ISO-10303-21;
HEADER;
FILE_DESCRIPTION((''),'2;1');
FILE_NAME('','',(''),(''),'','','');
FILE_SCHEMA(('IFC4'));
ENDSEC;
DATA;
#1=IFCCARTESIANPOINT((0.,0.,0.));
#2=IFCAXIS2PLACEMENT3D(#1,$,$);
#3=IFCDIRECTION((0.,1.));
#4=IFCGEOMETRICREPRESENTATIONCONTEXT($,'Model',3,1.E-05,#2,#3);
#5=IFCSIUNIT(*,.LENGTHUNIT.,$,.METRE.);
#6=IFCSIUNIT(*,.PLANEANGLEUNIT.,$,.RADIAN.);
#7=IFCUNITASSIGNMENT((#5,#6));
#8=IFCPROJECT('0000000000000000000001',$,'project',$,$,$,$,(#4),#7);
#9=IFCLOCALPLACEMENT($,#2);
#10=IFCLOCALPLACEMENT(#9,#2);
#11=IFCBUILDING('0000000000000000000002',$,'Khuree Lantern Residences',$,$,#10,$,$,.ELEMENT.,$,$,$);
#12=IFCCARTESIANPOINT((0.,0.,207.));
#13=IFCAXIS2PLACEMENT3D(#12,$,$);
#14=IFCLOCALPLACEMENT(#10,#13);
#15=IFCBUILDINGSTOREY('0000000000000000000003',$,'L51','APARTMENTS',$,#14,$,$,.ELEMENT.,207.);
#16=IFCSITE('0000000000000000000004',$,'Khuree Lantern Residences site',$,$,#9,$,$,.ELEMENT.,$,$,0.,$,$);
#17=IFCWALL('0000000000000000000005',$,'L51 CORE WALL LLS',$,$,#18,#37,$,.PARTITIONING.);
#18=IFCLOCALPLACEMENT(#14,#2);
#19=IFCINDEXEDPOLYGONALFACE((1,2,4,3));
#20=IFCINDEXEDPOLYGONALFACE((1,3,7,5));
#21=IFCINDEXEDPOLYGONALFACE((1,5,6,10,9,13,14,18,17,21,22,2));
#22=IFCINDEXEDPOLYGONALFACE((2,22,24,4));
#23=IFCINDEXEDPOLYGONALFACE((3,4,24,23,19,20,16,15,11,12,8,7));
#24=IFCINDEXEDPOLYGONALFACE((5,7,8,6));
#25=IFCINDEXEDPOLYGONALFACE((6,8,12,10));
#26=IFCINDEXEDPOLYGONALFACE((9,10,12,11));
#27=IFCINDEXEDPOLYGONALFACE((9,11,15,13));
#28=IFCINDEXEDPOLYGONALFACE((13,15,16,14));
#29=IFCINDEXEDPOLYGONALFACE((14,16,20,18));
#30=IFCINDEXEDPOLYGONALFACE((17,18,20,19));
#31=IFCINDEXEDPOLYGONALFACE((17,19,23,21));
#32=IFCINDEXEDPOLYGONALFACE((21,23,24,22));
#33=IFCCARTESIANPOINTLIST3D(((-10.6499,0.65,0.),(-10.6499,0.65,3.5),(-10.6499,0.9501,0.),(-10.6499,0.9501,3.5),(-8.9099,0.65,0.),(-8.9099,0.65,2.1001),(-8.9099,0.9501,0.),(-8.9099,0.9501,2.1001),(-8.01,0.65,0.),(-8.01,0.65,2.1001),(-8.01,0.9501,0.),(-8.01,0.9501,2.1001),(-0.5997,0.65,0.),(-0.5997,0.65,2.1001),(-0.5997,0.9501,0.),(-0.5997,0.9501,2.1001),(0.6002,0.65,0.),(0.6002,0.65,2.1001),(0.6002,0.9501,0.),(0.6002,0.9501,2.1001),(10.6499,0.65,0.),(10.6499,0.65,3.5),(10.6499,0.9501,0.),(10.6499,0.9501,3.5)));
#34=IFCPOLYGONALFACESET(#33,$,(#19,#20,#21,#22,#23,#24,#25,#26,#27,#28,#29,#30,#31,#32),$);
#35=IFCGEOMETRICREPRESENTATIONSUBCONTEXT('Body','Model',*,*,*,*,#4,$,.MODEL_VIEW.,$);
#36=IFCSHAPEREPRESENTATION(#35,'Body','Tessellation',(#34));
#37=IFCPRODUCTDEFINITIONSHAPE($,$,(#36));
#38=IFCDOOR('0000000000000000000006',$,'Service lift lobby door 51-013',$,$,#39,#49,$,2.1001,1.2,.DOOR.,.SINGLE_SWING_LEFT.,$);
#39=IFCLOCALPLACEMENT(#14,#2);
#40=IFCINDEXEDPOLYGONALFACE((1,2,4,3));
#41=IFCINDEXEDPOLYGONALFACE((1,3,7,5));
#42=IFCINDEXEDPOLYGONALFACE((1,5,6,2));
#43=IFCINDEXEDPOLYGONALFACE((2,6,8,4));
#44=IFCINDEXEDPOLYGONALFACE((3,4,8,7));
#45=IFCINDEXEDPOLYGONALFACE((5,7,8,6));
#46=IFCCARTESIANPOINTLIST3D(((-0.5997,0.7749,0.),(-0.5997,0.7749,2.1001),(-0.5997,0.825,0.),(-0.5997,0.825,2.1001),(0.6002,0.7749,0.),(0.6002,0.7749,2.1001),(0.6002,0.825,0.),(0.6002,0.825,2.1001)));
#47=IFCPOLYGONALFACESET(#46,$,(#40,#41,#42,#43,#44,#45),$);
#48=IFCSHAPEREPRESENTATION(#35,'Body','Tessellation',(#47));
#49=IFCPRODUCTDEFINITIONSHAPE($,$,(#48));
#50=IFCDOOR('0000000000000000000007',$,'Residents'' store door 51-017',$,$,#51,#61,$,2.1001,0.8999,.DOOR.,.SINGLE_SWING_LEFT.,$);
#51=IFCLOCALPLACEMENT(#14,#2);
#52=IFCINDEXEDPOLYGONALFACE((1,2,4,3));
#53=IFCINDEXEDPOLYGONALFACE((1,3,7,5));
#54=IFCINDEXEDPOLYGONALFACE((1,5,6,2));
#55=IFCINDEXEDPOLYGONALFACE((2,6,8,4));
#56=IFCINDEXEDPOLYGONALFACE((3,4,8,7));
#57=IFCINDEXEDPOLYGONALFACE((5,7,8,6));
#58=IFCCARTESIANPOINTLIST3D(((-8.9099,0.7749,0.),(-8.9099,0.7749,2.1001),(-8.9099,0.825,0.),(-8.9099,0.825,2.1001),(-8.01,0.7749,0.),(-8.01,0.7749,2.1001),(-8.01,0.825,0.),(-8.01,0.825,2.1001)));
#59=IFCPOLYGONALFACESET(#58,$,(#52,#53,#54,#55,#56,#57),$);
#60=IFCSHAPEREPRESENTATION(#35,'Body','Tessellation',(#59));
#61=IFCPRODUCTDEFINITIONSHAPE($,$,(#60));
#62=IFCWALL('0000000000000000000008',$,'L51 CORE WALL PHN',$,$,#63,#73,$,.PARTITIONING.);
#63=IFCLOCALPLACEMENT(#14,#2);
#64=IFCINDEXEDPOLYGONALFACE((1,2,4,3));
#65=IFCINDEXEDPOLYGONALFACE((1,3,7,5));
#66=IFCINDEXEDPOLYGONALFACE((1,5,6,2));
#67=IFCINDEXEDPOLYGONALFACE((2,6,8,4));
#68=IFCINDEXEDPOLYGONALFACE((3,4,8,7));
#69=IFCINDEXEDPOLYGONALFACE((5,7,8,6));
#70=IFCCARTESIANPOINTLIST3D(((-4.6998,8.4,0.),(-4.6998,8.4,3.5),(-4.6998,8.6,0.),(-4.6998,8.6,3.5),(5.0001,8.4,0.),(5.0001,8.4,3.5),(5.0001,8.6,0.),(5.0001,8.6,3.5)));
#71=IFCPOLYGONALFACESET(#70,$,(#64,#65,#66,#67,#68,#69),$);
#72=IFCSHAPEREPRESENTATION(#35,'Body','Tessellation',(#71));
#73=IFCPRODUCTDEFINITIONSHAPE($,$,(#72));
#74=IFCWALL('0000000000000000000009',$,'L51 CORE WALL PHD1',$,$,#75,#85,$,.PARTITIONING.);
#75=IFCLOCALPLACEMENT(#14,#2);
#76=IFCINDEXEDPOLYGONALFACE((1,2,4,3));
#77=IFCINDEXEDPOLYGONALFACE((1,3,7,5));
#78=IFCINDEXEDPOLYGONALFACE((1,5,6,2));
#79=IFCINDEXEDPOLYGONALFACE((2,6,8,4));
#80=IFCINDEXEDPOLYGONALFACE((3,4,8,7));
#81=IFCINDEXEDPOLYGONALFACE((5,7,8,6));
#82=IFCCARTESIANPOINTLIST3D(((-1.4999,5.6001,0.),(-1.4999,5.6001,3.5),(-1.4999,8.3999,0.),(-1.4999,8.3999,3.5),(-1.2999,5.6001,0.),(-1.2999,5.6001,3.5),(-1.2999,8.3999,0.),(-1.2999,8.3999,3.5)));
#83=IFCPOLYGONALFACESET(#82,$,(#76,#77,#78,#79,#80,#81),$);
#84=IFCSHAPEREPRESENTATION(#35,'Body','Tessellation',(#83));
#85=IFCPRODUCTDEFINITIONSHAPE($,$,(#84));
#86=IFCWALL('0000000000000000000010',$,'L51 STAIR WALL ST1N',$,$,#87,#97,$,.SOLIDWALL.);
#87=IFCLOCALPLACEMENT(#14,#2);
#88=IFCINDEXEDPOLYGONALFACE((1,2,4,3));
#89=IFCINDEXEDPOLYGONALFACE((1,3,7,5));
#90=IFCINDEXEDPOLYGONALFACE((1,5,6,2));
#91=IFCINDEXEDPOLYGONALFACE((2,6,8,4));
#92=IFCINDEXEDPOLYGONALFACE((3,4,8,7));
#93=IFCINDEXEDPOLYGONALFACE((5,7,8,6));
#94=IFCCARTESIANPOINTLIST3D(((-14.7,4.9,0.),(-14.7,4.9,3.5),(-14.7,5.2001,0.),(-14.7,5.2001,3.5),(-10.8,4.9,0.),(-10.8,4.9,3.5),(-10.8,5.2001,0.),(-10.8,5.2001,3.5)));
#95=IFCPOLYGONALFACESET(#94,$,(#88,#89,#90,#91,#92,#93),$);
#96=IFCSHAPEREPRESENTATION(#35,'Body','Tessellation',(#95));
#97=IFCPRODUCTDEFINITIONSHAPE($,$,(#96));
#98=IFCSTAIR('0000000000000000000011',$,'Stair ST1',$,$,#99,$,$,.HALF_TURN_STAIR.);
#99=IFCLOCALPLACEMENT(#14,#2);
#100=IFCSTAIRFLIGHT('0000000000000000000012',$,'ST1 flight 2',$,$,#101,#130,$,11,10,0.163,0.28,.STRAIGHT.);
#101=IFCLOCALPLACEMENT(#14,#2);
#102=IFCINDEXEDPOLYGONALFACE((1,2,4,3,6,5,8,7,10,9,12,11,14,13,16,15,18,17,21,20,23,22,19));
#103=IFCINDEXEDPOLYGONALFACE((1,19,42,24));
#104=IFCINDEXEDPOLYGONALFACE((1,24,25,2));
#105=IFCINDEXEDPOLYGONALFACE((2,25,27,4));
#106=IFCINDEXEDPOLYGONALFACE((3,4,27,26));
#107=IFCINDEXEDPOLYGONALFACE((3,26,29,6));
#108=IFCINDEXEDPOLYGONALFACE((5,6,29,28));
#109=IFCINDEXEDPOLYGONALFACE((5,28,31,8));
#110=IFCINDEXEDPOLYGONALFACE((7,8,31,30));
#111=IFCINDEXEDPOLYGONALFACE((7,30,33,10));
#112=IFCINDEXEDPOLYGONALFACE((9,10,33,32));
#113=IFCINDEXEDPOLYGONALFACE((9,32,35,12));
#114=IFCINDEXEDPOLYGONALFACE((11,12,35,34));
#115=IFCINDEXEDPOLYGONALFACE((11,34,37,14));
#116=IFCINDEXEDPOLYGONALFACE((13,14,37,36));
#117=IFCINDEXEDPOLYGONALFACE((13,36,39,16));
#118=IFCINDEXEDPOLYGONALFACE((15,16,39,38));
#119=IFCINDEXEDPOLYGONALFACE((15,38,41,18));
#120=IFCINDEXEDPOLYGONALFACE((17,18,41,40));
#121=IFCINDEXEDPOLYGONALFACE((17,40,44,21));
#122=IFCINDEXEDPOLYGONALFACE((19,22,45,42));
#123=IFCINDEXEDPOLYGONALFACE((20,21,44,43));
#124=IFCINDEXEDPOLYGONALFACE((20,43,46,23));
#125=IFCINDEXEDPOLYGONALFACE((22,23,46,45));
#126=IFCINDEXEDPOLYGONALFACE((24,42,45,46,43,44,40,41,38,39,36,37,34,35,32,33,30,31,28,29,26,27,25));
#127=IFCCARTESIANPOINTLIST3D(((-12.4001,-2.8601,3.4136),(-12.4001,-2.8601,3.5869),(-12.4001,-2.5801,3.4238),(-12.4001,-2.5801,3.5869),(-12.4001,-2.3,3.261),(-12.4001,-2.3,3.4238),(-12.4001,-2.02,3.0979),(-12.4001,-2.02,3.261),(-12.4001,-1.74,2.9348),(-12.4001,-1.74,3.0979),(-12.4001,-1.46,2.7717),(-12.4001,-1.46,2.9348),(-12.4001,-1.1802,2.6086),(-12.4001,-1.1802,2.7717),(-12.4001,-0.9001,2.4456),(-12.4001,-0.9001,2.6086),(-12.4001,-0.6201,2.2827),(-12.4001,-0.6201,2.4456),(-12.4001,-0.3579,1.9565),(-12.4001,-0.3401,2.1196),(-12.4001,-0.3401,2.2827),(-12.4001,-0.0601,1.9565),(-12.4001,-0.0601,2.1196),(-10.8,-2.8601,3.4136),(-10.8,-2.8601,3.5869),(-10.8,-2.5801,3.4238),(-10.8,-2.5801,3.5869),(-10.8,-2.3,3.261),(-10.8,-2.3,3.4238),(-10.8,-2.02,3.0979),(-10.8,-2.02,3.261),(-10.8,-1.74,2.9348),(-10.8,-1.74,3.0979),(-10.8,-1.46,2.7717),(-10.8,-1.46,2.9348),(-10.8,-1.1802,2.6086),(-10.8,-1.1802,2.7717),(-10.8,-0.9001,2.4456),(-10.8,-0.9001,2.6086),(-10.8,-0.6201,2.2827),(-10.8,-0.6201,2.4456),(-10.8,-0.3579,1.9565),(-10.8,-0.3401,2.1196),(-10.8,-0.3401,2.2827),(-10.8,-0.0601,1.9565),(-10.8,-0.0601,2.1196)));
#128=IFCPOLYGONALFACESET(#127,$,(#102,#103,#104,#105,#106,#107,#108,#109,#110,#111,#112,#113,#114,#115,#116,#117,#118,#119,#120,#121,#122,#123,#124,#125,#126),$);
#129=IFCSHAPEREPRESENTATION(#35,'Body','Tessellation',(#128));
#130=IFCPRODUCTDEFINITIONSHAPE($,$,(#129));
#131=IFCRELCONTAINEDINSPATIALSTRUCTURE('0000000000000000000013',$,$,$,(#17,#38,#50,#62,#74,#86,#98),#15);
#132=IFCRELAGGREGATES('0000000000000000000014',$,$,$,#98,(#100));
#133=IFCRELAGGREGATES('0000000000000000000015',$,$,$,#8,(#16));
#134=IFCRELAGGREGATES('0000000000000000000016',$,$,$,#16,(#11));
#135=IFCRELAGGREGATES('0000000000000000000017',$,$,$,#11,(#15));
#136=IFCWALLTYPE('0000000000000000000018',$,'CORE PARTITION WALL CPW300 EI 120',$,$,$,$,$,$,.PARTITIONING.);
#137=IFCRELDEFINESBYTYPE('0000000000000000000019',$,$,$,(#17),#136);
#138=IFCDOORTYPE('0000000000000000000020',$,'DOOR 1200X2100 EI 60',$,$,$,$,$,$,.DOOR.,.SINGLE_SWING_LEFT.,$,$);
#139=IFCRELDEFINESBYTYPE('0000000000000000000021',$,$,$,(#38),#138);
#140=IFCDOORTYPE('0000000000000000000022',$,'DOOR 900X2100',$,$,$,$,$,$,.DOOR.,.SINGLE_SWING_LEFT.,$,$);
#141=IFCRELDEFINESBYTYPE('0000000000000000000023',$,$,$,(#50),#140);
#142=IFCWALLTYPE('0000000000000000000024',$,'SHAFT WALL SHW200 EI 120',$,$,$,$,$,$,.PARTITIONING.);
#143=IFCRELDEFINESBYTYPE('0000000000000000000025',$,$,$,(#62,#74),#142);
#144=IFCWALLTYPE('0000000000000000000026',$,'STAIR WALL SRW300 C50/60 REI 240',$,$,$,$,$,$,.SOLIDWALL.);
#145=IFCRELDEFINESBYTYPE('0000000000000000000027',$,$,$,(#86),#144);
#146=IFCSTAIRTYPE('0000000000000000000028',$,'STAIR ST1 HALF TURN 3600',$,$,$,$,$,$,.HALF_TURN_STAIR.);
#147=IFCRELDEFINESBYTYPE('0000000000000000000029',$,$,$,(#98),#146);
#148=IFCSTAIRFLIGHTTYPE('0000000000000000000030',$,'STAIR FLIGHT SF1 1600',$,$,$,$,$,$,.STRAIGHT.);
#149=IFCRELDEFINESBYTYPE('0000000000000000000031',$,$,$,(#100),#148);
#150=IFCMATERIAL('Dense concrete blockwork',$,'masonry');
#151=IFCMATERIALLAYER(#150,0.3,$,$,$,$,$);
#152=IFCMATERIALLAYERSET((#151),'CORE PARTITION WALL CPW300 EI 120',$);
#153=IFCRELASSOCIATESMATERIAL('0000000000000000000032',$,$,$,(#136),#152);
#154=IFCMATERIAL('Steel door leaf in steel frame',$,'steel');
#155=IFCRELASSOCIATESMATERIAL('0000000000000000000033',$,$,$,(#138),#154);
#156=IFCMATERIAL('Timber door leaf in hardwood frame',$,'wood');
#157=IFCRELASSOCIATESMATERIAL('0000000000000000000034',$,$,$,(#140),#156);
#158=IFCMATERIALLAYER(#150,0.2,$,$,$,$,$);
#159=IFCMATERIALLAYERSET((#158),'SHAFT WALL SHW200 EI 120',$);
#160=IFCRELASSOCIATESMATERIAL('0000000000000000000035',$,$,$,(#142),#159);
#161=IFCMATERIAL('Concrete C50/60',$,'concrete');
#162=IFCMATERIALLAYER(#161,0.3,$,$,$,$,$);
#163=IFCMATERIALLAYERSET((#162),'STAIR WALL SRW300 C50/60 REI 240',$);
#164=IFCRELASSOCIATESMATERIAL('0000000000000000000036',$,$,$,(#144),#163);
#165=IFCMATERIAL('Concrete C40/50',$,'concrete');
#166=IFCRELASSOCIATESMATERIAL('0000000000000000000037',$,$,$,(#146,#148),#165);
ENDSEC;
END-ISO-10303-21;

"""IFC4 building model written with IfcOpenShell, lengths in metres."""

from ifc_helpers import new_model, si_unit, direction, frame, frame_2d, origin, place, context, subcontext, project, spatial, polyline, rectangle, outline, extrude, material, layer, layer_set, type_object, element, fill, aggregate, save


model = new_model("IFC4")

# Units and contexts
model_context = context("Model", 3, precision=1e-05, world=origin(), true_north=direction((0.0, 1.0)))
body_context = subcontext(model_context, "Body", "Model", "MODEL_VIEW")
ifc_project = project(units=[si_unit("LENGTHUNIT", "METRE"), si_unit("PLANEANGLEUNIT", "RADIAN")], contexts=[model_context])

# Site, building, storey
site_placement = place(None, origin())
site = spatial("IfcSite", under=ifc_project, at=site_placement, Name="Khuree Lantern Residences site", CompositionType="ELEMENT", RefElevation=0.0)
building_placement = place(site_placement, origin())
building = spatial("IfcBuilding", under=site, at=building_placement, Name="Khuree Lantern Residences", CompositionType="ELEMENT")
storey_placement = place(building_placement, frame((0.0, 0.0, 207.0)))
storey = spatial("IfcBuildingStorey", under=building, at=storey_placement, Name="L51", Description="APARTMENTS", CompositionType="ELEMENT", Elevation=207.0)

# Shared definitions
ifc_material_1 = material(Name="Dense concrete blockwork", Category="masonry")
ifc_layer_1 = layer(ifc_material_1, 0.3)
ifc_layer_set_1 = layer_set([ifc_layer_1], Name="CORE PARTITION WALL CPW300 EI 120")
wall_type_1 = type_object("IfcWallType", Name="CORE PARTITION WALL CPW300 EI 120", PredefinedType="PARTITIONING", material=ifc_layer_set_1)

# Wall, openings, doors
wall_1_placement = place(storey_placement, frame((-10.6499, 0.8, 0.0), z_axis=(0.0, 0.0, 1.0), x_axis=(1.0, 0.0, 0.0)))
wall_1 = element("IfcWall", 1, at=wall_1_placement, inside=storey, type_object=wall_type_1, Name="L51 CORE WALL LLS", PredefinedType="PARTITIONING", context=body_context, shape_type="SweptSolid", body=[
    extrude(rectangle(XDim=21.2998, YDim=0.3, at=frame_2d((10.6499, 0.0))), origin(), (0.0, 0.0, 1.0), 3.5),
])
opening_1_placement = place(wall_1_placement, frame((10.05, 0.0, 0.0)))
opening_1 = element("IfcOpeningElement", 2, at=opening_1_placement, cuts=wall_1, PredefinedType="OPENING", context=body_context, shape_type="SweptSolid", body=[
    extrude(rectangle(XDim=1.2, YDim=2.1001, at=frame_2d((0.6001, 1.05))), frame((0.0, 0.1602, 0.0), z_axis=(0.0, -1.0, 0.0), x_axis=(1.0, 0.0, 0.0)), (0.0, 0.0, 1.0), 0.3201),
])
opening_2_placement = place(wall_1_placement, frame((1.74, 0.0, 0.0)))
opening_2 = element("IfcOpeningElement", 3, at=opening_2_placement, cuts=wall_1, PredefinedType="OPENING", context=body_context, shape_type="SweptSolid", body=[
    extrude(rectangle(XDim=0.8999, YDim=2.1001, at=frame_2d((0.45, 1.05))), frame((0.0, 0.1602, 0.0), z_axis=(0.0, -1.0, 0.0), x_axis=(1.0, 0.0, 0.0)), (0.0, 0.0, 1.0), 0.3201),
])
ifc_material_2 = material(Name="Steel door leaf in steel frame", Category="steel")
door_type_1 = type_object("IfcDoorType", Name="DOOR 1200X2100 EI 60", OperationType="SINGLE_SWING_LEFT", PredefinedType="DOOR", material=ifc_material_2)
door_1_placement = place(opening_1_placement, origin())
door_1 = element("IfcDoor", 4, at=door_1_placement, inside=storey, type_object=door_type_1, Name="Service lift lobby door 51-013", OperationType="SINGLE_SWING_LEFT", OverallHeight=2.1001, OverallWidth=1.2, PredefinedType="DOOR", context=body_context, shape_type="SweptSolid", body=[
    extrude(rectangle(XDim=1.2, YDim=2.1001, at=frame_2d((0.6001, 1.05))), frame((0.0, 0.0249, 0.0), z_axis=(0.0, -1.0, 0.0), x_axis=(1.0, 0.0, 0.0)), (0.0, 0.0, 1.0), 0.05),
])
fill(opening_1, door_1)
ifc_material_3 = material(Name="Timber door leaf in hardwood frame", Category="wood")
door_type_2 = type_object("IfcDoorType", Name="DOOR 900X2100", OperationType="SINGLE_SWING_LEFT", PredefinedType="DOOR", material=ifc_material_3)
door_2_placement = place(opening_2_placement, origin())
door_2 = element("IfcDoor", 5, at=door_2_placement, inside=storey, type_object=door_type_2, Name="Residents' store door 51-017", OperationType="SINGLE_SWING_LEFT", OverallHeight=2.1001, OverallWidth=0.8999, PredefinedType="DOOR", context=body_context, shape_type="SweptSolid", body=[
    extrude(rectangle(XDim=0.8999, YDim=2.1001, at=frame_2d((0.45, 1.05))), frame((0.0, 0.0249, 0.0), z_axis=(0.0, -1.0, 0.0), x_axis=(1.0, 0.0, 0.0)), (0.0, 0.0, 1.0), 0.05),
])
fill(opening_2, door_2)

# Walls
ifc_layer_2 = layer(ifc_material_1, 0.2)
ifc_layer_set_2 = layer_set([ifc_layer_2], Name="SHAFT WALL SHW200 EI 120")
wall_type_2 = type_object("IfcWallType", Name="SHAFT WALL SHW200 EI 120", PredefinedType="PARTITIONING", material=ifc_layer_set_2)
wall_2_placement = place(storey_placement, frame((-4.7, 8.5, 0.0), z_axis=(0.0, 0.0, 1.0), x_axis=(1.0, 0.0, 0.0)))
element("IfcWall", 6, at=wall_2_placement, inside=storey, type_object=wall_type_2, Name="L51 CORE WALL PHN", PredefinedType="PARTITIONING", context=body_context, shape_type="SweptSolid", body=[
    extrude(rectangle(XDim=9.7, YDim=0.2, at=frame_2d((4.8501, 0.0))), origin(), (0.0, 0.0, 1.0), 3.5),
])
wall_3_placement = place(storey_placement, frame((-1.3999, 5.6001, 0.0), z_axis=(0.0, 0.0, 1.0), x_axis=(0.0, 1.0, 0.0)))
element("IfcWall", 7, at=wall_3_placement, inside=storey, type_object=wall_type_2, Name="L51 CORE WALL PHD1", PredefinedType="PARTITIONING", context=body_context, shape_type="SweptSolid", body=[
    extrude(rectangle(XDim=2.7998, YDim=0.2, at=frame_2d((1.3999, 0.0))), origin(), (0.0, 0.0, 1.0), 3.5),
])
ifc_material_4 = material(Name="Concrete C50/60", Category="concrete")
ifc_layer_3 = layer(ifc_material_4, 0.3)
ifc_layer_set_3 = layer_set([ifc_layer_3], Name="STAIR WALL SRW300 C50/60 REI 240")
wall_type_3 = type_object("IfcWallType", Name="STAIR WALL SRW300 C50/60 REI 240", PredefinedType="SOLIDWALL", material=ifc_layer_set_3)
wall_4_placement = place(storey_placement, frame((-14.7, 5.05, 0.0), z_axis=(0.0, 0.0, 1.0), x_axis=(1.0, 0.0, 0.0)))
element("IfcWall", 8, at=wall_4_placement, inside=storey, type_object=wall_type_3, Name="L51 STAIR WALL ST1N", PredefinedType="SOLIDWALL", context=body_context, shape_type="SweptSolid", body=[
    extrude(rectangle(XDim=3.8999, YDim=0.3, at=frame_2d((1.95, 0.0))), origin(), (0.0, 0.0, 1.0), 3.5),
])

# Stair, stair flight
ifc_material_5 = material(Name="Concrete C40/50", Category="concrete")
stair_type = type_object("IfcStairType", Name="STAIR ST1 HALF TURN 3600", PredefinedType="HALF_TURN_STAIR", material=ifc_material_5)
stair_placement = place(storey_placement, origin())
stair = element("IfcStair", 9, at=stair_placement, inside=storey, type_object=stair_type, Name="Stair ST1", PredefinedType="HALF_TURN_STAIR")
stair_flight_type = type_object("IfcStairFlightType", Name="STAIR FLIGHT SF1 1600", PredefinedType="STRAIGHT", material=ifc_material_5)
stair_flight_placement = place(storey_placement, frame((-11.6001, -0.0601, 1.9565), z_axis=(0.0, 0.0, 1.0), x_axis=(0.0, -1.0, 0.0)))
stair_flight = element("IfcStairFlight", 10, at=stair_flight_placement, type_object=stair_flight_type, Name="ST1 flight 2", NumberOfRisers=11, NumberOfTreads=10, PredefinedType="STRAIGHT", RiserHeight=0.163, TreadLength=0.28, context=body_context, shape_type="SweptSolid", body=[
    extrude(outline(polyline([(0.0, 0.0), (0.0, 0.1631), (0.28, 0.1631), (0.28, 0.3262), (0.5601, 0.3262), (0.5601, 0.489), (0.8401, 0.489), (0.8401, 0.6521), (1.1201, 0.6521), (1.1201, 0.8152), (1.3999, 0.8152), (1.3999, 0.9783), (1.6799, 0.9783), (1.6799, 1.1414), (1.96, 1.1414), (1.96, 1.3044), (2.24, 1.3044), (2.24, 1.4673), (2.52, 1.4673), (2.52, 1.6304), (2.8, 1.6304), (2.8, 1.7935), (2.8, 1.457), (0.2979, 0.0), (0.0, 0.0)])), frame((0.0, 0.8, 0.0), z_axis=(0.0, -1.0, 0.0), x_axis=(1.0, 0.0, 0.0)), (0.0, 0.0, 1.0), 1.6001),
])
aggregate(stair, [stair_flight])

save(model, "model.ifc")
